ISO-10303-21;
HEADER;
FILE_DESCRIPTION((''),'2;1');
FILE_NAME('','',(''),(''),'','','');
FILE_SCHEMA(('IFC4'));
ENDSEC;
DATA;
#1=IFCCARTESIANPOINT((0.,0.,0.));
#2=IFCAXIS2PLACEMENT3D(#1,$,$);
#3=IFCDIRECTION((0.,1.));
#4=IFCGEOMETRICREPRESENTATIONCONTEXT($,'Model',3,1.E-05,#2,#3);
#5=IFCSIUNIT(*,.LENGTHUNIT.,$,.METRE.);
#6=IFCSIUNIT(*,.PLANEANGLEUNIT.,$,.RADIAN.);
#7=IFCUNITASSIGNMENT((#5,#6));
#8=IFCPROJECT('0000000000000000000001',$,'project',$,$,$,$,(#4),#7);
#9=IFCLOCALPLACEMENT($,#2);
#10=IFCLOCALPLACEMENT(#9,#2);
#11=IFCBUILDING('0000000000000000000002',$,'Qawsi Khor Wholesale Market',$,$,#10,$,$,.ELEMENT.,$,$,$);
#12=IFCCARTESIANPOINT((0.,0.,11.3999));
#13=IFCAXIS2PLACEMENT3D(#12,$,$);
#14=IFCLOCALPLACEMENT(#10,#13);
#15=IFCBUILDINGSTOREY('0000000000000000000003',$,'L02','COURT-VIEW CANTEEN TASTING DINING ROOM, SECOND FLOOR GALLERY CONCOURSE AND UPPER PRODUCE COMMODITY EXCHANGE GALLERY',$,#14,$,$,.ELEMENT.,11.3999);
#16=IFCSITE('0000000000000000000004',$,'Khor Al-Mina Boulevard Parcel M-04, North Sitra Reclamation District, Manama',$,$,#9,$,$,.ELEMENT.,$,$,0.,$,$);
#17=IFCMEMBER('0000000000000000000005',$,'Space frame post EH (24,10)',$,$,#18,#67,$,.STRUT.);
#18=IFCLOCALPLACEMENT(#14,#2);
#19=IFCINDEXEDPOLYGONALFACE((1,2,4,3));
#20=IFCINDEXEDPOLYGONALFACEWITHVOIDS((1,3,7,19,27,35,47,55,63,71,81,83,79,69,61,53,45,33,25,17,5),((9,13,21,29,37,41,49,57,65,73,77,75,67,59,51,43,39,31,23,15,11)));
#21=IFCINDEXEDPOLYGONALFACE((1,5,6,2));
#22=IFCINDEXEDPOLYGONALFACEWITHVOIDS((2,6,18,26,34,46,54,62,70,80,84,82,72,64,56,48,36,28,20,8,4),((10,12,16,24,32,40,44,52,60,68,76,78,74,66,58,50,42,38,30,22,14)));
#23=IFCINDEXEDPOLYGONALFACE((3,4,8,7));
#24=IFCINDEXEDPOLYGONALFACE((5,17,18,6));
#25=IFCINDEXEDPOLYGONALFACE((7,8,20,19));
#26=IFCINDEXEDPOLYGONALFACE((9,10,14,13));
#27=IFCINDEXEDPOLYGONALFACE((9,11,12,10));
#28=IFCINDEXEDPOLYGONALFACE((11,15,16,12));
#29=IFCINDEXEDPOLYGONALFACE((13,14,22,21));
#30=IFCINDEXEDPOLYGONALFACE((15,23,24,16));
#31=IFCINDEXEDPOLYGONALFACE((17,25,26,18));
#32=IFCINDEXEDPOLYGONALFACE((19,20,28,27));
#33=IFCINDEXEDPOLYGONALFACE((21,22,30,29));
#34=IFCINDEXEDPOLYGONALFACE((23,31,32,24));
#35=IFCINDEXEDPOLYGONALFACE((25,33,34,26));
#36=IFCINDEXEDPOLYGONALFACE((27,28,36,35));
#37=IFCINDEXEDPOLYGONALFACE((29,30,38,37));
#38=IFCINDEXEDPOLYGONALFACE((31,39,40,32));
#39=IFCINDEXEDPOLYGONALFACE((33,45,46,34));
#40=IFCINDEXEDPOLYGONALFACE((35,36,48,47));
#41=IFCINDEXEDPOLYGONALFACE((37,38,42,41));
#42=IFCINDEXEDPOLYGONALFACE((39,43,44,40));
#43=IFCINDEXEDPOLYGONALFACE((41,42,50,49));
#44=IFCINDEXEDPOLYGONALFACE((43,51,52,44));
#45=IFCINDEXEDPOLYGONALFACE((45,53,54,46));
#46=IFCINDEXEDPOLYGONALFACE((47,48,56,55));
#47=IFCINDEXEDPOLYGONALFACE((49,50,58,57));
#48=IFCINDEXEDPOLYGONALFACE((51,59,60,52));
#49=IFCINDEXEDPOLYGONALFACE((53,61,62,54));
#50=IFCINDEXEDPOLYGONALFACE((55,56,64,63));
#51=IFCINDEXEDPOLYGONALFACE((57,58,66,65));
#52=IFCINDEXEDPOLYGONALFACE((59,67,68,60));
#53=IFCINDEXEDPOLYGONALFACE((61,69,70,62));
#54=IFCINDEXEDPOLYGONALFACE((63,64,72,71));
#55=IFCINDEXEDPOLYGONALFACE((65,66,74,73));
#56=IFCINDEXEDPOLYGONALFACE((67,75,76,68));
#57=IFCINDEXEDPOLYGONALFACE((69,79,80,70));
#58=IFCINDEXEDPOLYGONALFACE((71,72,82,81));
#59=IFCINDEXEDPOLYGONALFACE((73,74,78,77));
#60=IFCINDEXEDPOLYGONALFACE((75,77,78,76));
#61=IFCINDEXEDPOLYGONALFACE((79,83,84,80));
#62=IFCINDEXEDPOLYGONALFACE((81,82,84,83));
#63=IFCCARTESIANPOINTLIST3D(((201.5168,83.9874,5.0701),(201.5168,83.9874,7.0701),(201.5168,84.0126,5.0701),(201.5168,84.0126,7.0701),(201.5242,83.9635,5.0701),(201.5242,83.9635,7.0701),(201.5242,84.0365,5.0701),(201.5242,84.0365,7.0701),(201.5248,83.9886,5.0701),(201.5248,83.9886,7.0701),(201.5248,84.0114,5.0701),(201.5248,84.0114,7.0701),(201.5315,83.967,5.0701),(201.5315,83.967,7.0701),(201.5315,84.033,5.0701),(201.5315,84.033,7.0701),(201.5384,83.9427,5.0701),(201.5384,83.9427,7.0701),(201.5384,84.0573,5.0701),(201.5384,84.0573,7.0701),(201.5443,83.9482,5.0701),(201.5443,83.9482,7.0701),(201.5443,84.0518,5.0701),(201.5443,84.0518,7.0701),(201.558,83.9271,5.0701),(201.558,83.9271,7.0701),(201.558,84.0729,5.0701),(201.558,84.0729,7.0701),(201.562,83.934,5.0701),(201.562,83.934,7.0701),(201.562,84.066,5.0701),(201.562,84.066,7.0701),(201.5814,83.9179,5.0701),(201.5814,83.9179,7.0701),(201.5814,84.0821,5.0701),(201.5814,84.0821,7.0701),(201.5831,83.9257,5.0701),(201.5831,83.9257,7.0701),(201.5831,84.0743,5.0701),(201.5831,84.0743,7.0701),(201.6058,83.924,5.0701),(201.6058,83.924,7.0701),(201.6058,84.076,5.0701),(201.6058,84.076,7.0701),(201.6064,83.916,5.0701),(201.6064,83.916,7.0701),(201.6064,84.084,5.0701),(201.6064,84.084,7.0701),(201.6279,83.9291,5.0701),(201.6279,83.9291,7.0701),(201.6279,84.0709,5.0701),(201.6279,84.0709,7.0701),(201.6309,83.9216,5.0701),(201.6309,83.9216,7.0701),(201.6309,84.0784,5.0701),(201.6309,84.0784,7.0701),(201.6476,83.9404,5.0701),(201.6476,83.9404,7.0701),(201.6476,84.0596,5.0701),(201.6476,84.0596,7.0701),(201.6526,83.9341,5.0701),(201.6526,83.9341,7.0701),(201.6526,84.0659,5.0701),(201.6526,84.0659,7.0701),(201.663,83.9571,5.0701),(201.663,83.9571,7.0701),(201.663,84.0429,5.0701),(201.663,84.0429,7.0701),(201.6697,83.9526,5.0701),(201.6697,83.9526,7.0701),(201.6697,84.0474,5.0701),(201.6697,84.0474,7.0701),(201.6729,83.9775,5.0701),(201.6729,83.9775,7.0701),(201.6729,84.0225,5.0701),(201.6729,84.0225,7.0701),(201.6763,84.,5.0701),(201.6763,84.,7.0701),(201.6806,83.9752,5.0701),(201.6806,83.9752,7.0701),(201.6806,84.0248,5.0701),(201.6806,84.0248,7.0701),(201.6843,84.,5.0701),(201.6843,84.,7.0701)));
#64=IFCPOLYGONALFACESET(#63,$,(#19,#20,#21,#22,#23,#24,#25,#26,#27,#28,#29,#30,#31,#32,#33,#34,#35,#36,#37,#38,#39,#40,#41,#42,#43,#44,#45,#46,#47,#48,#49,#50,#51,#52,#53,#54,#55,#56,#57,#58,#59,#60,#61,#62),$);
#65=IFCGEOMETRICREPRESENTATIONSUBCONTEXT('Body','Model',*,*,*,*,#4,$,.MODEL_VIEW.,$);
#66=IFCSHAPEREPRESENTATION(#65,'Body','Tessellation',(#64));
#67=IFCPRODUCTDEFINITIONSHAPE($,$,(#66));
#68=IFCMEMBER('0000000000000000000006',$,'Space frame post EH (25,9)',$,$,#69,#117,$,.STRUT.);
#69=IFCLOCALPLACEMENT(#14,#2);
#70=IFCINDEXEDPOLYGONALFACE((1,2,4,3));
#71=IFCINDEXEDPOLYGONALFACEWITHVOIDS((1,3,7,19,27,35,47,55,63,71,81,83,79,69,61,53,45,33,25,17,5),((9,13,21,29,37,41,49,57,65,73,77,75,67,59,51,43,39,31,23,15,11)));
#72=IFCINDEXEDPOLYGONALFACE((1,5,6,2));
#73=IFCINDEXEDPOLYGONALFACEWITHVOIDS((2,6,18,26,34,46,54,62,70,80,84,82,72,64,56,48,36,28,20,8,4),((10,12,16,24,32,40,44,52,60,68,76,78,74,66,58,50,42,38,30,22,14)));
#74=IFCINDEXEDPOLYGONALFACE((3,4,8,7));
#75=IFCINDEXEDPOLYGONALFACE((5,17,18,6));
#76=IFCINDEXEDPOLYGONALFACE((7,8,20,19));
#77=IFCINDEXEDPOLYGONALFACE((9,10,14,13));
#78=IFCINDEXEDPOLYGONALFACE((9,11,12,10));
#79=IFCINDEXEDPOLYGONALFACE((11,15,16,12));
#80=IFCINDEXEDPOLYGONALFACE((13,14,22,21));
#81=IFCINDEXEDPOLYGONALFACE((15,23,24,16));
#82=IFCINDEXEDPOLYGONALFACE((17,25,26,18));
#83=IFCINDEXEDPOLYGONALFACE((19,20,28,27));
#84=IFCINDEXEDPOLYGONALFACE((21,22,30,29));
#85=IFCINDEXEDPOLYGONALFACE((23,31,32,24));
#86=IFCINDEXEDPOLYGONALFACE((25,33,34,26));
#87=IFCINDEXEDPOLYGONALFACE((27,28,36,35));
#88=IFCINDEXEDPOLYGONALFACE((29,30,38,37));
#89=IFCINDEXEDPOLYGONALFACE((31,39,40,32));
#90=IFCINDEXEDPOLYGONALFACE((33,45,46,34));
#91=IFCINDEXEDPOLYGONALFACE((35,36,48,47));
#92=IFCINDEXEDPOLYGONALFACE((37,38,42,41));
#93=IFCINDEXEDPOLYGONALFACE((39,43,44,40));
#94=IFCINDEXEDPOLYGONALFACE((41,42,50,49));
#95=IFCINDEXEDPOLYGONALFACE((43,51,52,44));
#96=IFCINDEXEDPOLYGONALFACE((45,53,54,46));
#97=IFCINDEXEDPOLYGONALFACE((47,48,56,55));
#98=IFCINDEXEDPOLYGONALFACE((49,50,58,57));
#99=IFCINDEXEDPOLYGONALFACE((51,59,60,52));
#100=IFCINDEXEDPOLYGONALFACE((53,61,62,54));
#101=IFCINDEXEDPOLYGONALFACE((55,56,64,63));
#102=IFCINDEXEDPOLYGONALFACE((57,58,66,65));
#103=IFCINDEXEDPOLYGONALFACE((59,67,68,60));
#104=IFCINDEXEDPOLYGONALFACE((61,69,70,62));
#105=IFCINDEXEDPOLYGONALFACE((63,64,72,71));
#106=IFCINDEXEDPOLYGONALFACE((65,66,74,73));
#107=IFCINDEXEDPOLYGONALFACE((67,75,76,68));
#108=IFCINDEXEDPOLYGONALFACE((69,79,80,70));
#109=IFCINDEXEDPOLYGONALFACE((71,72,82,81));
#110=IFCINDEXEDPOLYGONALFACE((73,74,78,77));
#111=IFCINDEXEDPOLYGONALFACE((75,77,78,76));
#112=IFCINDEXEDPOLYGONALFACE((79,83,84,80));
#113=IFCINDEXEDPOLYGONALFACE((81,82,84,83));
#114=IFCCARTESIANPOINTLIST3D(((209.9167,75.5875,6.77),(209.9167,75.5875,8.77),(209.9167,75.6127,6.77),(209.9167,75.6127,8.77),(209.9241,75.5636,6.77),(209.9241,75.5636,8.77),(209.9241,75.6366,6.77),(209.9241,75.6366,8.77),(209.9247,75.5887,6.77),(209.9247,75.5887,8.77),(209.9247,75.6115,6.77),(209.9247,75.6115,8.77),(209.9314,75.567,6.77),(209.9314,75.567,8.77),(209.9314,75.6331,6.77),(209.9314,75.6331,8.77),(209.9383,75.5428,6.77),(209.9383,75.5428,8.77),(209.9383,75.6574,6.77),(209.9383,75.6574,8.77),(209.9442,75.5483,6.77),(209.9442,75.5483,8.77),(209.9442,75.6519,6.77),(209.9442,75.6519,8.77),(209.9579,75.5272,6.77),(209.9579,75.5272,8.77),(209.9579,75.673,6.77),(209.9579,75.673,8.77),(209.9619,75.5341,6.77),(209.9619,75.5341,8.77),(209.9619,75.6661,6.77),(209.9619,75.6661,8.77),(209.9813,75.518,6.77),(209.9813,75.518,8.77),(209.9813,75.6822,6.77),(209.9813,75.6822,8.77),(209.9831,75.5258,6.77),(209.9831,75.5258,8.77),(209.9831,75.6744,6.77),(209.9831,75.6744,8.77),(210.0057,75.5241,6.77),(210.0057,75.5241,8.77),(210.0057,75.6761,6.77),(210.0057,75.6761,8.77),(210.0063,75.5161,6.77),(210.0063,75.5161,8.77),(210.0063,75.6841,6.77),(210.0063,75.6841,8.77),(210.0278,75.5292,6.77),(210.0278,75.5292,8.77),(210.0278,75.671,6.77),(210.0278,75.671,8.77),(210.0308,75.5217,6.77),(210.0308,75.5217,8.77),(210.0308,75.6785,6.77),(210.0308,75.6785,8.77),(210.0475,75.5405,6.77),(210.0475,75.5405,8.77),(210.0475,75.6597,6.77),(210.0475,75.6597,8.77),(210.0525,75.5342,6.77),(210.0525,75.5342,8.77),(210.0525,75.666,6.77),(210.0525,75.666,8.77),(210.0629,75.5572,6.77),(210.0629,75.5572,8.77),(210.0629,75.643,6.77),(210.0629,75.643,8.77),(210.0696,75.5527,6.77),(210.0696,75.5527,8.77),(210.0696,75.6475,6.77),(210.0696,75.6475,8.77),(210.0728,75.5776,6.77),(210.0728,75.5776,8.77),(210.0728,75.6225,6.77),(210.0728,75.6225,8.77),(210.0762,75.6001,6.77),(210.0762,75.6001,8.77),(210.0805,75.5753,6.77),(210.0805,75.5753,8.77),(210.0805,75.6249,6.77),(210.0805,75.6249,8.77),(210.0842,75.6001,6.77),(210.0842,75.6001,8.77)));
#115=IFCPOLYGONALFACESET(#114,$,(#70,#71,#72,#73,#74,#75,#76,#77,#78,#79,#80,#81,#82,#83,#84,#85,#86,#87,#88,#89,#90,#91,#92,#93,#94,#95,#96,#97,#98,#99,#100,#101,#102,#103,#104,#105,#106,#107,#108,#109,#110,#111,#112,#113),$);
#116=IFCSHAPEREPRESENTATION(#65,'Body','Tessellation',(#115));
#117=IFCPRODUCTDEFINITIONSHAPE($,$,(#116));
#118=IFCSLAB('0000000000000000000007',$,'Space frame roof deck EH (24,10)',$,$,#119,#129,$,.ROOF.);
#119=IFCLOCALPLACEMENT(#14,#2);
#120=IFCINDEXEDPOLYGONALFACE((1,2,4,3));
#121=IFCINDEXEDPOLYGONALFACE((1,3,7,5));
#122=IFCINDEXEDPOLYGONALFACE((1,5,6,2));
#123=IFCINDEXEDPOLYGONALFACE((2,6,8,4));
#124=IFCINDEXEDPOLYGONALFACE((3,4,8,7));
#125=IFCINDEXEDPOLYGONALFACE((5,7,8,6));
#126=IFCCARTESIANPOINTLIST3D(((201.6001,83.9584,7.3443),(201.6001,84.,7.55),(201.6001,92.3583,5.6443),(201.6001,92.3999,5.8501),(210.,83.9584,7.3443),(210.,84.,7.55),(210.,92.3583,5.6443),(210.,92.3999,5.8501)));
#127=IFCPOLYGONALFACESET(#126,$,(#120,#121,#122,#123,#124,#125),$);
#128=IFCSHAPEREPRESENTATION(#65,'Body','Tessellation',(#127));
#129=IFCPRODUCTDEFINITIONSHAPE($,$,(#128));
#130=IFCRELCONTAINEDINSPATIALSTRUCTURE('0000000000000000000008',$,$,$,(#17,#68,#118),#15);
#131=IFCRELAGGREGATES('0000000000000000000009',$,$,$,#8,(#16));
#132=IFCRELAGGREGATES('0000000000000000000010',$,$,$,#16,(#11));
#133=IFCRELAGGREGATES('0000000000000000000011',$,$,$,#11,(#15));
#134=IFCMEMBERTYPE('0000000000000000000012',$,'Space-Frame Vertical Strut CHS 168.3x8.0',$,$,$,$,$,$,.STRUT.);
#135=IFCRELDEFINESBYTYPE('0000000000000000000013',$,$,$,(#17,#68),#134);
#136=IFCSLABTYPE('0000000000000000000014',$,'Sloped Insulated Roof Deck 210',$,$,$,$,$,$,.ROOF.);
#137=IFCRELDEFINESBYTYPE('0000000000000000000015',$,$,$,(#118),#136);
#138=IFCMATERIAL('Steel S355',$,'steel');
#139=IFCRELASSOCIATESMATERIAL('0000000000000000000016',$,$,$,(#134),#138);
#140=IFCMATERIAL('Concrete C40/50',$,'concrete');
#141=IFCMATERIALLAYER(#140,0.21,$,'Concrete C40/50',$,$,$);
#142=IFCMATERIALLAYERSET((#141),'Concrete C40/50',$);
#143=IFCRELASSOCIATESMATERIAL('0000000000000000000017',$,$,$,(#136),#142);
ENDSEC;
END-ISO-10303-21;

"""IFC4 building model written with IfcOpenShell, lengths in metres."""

from ifc_helpers import new_model, si_unit, direction, frame, origin, origin_2d, place, context, subcontext, project, spatial, polyline, hollow_circle, outline, extrude, material, layer, layer_set, material_profile, profile_set, type_object, element, save


model = new_model("IFC4")

# Units and contexts
model_context = context("Model", 3, precision=1e-05, world=origin(), true_north=direction((0.0, 1.0)))
body_context = subcontext(model_context, "Body", "Model", "MODEL_VIEW")
ifc_project = project(units=[si_unit("LENGTHUNIT", "METRE"), si_unit("PLANEANGLEUNIT", "RADIAN")], contexts=[model_context])

# Site, building, storey
site_placement = place(None, origin())
site = spatial("IfcSite", under=ifc_project, at=site_placement, Name="Khor Al-Mina Boulevard Parcel M-04, North Sitra Reclamation District, Manama", CompositionType="ELEMENT", RefElevation=0.0)
building_placement = place(site_placement, origin())
building = spatial("IfcBuilding", under=site, at=building_placement, Name="Qawsi Khor Wholesale Market", CompositionType="ELEMENT")
storey_placement = place(building_placement, frame((0.0, 0.0, 11.3999)))
storey = spatial("IfcBuildingStorey", under=building, at=storey_placement, Name="L02", Description="COURT-VIEW CANTEEN TASTING DINING ROOM, SECOND FLOOR GALLERY CONCOURSE AND UPPER PRODUCE COMMODITY EXCHANGE GALLERY", CompositionType="ELEMENT", Elevation=11.3999)

# Shared definitions
ifc_material_1 = material(Name="Concrete C40/50", Category="concrete")

# Members
ifc_material_2 = material(Name="Steel S355", Category="steel")
ifc_material_profile_1 = material_profile(ifc_material_2, hollow_circle(Radius=0.0842, WallThickness=0.0081, at=origin_2d()), Name="CHS 168.3x8.0")
ifc_profile_set_1 = profile_set([ifc_material_profile_1], Name="Steel S355")
member_type_1 = type_object("IfcMemberType", Name="Space-Frame Vertical Strut CHS 168.3x8.0", PredefinedType="STRUT", material=ifc_profile_set_1)
for number, where, z_axis, x_axis, name in (
    (1, (201.6001, 84.0, 5.0701), (0.0, 0.0, 1.0), (1.0, 0.0, 0.0), "Space frame post EH (24,10)"),
    (2, (210.0, 75.6001, 6.77), (0.0, 0.0, 1.0), (1.0, 0.0, 0.0), "Space frame post EH (25,9)"),
):
    element("IfcMember", number, at=place(storey_placement, frame(where, z_axis=z_axis, x_axis=x_axis)), inside=storey, type_object=member_type_1, Name=name, PredefinedType="STRUT", context=body_context, shape_type="SweptSolid", body=[
        extrude(hollow_circle(Radius=0.0842, WallThickness=0.0081, at=origin_2d()), origin(), (0.0, 0.0, 1.0), 2.0),
    ])

# Slab
ifc_layer = layer(ifc_material_1, 0.21, Name="Concrete C40/50")
ifc_layer_set = layer_set([ifc_layer], Name="Concrete C40/50")
slab_type = type_object("IfcSlabType", Name="Sloped Insulated Roof Deck 210", PredefinedType="ROOF", material=ifc_layer_set)
slab_placement = place(storey_placement, frame((201.6001, 84.0, 7.55), z_axis=(0.0, 0.198356, 0.98013), x_axis=(1.0, 0.0, 0.0)))
element("IfcSlab", 3, at=slab_placement, inside=storey, type_object=slab_type, Name="Space frame roof deck EH (24,10)", PredefinedType="ROOF", context=body_context, shape_type="SweptSolid", body=[
    extrude(outline(polyline([(0.0, 0.0), (8.3999, 0.0), (8.3999, 8.5702), (0.0, 8.5702), (0.0, 0.0)])), origin(), (0.0, 0.0, -1.0), 0.21),
])

save(model, "model.ifc")
